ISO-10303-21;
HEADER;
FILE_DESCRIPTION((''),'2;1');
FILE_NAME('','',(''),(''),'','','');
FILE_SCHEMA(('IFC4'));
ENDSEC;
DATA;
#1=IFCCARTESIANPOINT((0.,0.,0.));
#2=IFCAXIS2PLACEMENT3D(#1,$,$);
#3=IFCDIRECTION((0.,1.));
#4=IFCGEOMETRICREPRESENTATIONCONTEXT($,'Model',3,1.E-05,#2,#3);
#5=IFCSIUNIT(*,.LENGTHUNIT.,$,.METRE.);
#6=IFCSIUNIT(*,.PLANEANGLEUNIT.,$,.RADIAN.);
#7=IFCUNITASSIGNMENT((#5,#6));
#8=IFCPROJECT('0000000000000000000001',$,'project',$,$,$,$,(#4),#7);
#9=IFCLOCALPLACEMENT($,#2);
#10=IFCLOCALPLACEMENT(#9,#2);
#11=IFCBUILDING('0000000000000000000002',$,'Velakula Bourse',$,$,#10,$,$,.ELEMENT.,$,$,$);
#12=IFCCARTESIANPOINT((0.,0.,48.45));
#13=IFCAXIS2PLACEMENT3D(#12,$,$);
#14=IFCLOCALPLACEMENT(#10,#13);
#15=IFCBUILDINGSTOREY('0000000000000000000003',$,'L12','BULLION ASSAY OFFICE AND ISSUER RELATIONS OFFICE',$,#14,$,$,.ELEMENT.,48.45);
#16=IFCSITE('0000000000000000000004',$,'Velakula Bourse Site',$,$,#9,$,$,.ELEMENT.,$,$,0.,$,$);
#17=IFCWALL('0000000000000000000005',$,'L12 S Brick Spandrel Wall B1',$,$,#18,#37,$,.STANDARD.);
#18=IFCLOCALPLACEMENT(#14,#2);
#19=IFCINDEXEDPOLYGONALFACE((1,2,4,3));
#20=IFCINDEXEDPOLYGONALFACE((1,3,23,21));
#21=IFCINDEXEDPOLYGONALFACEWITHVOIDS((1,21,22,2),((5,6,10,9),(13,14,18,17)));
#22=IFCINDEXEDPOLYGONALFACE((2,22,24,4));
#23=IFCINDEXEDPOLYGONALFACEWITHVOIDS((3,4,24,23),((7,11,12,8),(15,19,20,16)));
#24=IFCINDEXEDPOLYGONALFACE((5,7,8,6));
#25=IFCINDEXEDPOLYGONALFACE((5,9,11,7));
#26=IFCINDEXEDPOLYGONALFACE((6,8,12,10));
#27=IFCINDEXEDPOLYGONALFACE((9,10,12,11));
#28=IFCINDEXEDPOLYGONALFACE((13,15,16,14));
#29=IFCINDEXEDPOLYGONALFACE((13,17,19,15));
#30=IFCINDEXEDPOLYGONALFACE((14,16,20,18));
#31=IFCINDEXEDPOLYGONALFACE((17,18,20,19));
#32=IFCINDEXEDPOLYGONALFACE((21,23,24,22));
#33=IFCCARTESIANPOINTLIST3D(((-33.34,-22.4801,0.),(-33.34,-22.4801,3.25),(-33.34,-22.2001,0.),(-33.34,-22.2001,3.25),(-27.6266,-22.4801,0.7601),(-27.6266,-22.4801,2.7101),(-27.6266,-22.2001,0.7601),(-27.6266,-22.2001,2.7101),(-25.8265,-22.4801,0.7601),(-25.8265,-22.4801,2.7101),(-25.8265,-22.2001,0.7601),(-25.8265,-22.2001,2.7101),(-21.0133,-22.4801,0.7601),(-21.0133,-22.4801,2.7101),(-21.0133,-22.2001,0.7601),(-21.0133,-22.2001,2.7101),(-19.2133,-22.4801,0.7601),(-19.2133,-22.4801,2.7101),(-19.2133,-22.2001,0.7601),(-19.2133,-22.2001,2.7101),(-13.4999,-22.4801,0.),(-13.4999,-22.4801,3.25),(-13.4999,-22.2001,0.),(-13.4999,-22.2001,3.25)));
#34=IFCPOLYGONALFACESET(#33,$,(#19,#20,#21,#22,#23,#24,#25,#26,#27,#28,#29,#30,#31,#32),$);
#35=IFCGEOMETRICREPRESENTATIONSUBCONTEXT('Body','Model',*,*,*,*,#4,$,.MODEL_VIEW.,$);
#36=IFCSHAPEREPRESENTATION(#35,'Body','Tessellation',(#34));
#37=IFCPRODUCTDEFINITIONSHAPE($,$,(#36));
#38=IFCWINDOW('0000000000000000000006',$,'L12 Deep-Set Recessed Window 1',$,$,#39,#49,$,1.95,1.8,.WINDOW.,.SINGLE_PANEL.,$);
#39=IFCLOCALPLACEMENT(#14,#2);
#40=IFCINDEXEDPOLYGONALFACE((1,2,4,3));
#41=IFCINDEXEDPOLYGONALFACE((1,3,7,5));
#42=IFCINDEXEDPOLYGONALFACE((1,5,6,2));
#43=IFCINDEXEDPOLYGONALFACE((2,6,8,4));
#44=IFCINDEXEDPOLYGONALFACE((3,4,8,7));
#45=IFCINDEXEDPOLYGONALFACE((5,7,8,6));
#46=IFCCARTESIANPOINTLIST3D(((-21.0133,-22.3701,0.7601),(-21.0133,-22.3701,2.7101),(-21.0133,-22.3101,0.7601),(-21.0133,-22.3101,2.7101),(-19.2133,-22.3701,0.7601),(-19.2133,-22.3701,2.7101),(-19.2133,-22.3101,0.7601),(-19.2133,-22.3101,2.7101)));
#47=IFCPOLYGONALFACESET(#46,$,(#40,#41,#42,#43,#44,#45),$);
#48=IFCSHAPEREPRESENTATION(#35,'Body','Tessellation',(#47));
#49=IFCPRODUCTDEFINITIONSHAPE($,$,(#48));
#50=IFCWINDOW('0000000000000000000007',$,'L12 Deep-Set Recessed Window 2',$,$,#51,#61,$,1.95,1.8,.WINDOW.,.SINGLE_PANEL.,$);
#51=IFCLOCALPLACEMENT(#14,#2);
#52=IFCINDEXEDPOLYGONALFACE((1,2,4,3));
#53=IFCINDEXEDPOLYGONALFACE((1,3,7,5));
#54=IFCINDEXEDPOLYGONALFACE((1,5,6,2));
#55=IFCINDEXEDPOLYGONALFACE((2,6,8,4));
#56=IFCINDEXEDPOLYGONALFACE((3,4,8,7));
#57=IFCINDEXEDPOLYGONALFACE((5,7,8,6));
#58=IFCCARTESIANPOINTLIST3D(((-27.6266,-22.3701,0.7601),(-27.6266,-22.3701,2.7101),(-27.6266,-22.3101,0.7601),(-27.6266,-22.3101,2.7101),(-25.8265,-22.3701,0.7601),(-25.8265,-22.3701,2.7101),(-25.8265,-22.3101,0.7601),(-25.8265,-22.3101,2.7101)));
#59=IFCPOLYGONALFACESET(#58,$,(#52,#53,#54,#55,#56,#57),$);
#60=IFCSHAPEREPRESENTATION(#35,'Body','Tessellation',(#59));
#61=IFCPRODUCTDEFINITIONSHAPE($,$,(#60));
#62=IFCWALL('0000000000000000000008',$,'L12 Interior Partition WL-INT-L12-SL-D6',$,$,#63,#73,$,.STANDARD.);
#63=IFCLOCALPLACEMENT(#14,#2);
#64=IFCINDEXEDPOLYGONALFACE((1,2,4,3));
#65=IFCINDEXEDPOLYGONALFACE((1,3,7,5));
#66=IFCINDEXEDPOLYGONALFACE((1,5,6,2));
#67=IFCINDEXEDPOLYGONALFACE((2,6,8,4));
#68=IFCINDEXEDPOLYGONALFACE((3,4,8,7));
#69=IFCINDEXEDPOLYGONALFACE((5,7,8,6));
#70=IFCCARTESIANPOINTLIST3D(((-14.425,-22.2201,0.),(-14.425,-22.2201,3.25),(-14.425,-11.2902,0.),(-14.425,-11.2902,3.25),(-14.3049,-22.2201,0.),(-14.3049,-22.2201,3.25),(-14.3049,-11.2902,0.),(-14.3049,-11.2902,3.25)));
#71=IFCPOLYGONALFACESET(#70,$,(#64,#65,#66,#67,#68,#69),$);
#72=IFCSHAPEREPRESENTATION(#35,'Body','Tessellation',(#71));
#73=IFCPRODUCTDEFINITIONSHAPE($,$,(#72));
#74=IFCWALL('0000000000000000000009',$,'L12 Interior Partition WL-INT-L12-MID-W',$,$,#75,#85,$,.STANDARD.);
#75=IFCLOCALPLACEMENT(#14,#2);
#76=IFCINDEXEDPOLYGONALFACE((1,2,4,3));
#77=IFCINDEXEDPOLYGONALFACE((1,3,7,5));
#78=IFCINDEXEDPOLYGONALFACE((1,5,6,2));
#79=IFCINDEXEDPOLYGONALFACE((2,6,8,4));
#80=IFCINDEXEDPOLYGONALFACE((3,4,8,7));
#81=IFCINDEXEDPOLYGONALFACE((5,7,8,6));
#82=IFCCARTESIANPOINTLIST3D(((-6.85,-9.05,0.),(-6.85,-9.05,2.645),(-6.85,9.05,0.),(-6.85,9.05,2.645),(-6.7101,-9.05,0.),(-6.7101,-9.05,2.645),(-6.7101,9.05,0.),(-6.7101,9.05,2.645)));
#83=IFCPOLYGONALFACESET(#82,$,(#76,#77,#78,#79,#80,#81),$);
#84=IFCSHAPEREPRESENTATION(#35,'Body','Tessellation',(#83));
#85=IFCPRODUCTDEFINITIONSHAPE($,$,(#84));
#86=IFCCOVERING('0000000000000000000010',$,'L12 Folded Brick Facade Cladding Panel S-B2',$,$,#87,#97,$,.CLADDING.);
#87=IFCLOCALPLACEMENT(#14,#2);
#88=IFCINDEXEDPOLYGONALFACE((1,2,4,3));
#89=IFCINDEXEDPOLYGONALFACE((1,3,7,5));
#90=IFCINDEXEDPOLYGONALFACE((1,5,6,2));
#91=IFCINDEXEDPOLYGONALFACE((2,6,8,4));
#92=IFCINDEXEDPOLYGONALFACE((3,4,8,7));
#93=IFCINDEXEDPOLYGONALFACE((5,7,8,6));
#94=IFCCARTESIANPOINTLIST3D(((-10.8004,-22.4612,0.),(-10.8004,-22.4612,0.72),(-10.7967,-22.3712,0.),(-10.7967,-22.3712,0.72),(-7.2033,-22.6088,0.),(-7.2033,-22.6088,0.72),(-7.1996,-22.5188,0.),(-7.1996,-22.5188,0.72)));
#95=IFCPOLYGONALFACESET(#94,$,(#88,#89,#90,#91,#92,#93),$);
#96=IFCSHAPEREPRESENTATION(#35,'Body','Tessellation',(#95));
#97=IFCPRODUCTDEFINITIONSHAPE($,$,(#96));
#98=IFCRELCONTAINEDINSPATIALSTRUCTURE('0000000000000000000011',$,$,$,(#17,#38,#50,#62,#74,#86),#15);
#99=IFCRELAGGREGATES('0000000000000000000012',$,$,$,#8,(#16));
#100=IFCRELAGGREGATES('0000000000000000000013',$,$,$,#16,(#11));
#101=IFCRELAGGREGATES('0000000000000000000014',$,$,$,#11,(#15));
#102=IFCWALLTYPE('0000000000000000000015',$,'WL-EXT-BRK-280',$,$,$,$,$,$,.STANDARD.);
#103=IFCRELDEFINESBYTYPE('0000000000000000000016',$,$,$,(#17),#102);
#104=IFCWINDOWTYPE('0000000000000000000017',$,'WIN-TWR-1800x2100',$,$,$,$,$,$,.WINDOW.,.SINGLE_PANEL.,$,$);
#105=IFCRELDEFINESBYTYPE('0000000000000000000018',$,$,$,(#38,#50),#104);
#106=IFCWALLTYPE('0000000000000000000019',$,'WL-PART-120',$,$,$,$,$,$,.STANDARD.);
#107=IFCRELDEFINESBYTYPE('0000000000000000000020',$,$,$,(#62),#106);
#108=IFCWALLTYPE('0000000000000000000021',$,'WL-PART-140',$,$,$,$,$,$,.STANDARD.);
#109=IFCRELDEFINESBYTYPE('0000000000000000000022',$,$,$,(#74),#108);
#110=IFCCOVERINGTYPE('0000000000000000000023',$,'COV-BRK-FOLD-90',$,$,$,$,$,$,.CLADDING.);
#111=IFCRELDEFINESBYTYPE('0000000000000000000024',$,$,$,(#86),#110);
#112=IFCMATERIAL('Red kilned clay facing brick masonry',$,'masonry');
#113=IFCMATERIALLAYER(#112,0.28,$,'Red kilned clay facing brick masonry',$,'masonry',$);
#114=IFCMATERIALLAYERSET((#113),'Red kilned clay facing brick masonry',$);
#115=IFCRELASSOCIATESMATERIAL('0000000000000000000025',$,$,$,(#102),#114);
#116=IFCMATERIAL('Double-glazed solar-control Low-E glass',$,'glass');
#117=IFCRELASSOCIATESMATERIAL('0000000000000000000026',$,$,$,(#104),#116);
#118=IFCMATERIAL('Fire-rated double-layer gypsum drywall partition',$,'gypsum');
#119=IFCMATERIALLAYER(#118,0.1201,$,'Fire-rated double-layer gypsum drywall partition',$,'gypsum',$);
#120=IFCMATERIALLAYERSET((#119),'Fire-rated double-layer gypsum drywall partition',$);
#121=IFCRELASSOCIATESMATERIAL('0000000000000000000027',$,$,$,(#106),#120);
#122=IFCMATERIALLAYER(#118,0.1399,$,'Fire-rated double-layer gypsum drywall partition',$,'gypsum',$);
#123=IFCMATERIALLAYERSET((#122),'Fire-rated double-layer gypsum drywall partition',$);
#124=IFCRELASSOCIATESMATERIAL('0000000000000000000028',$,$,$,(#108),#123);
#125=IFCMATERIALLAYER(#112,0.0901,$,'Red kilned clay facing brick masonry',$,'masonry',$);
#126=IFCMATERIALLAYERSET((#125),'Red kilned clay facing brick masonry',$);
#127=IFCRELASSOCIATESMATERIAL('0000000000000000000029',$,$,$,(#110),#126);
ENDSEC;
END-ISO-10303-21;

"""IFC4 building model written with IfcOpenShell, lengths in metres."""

from ifc_helpers import new_model, si_unit, direction, frame, frame_2d, origin, origin_2d, place, context, subcontext, project, spatial, rectangle, extrude, material, layer, layer_set, type_object, element, fill, save


model = new_model("IFC4")

# Units and contexts
model_context = context("Model", 3, precision=1e-05, world=origin(), true_north=direction((0.0, 1.0)))
body_context = subcontext(model_context, "Body", "Model", "MODEL_VIEW")
ifc_project = project(units=[si_unit("LENGTHUNIT", "METRE"), si_unit("PLANEANGLEUNIT", "RADIAN")], contexts=[model_context])

# Site, building, storey
site_placement = place(None, origin())
site = spatial("IfcSite", under=ifc_project, at=site_placement, Name="Velakula Bourse Site", CompositionType="ELEMENT", RefElevation=0.0)
building_placement = place(site_placement, origin())
building = spatial("IfcBuilding", under=site, at=building_placement, Name="Velakula Bourse", CompositionType="ELEMENT")
storey_placement = place(building_placement, frame((0.0, 0.0, 48.45)))
storey = spatial("IfcBuildingStorey", under=building, at=storey_placement, Name="L12", Description="BULLION ASSAY OFFICE AND ISSUER RELATIONS OFFICE", CompositionType="ELEMENT", Elevation=48.45)

# Wall, openings, windows
ifc_material_1 = material(Name="Red kilned clay facing brick masonry", Category="masonry")
ifc_layer_1 = layer(ifc_material_1, 0.28, Name="Red kilned clay facing brick masonry", Category="masonry")
ifc_layer_set_1 = layer_set([ifc_layer_1], Name="Red kilned clay facing brick masonry")
wall_type_1 = type_object("IfcWallType", Name="WL-EXT-BRK-280", PredefinedType="STANDARD", material=ifc_layer_set_1)
wall_1_placement = place(storey_placement, frame((-13.5, -22.3401, 0.0), z_axis=(0.0, 0.0, 1.0), x_axis=(-1.0, 0.0, 0.0)))
wall_1 = element("IfcWall", 1, at=wall_1_placement, inside=storey, type_object=wall_type_1, Name="L12 S Brick Spandrel Wall B1", PredefinedType="STANDARD", context=body_context, shape_type="SweptSolid", body=[
    extrude(rectangle(XDim=19.8401, YDim=0.28, at=frame_2d((9.9199, 0.0))), origin(), (0.0, 0.0, 1.0), 3.25),
])
opening_1_placement = place(wall_1_placement, frame((5.7134, 0.0, 0.76)))
opening_1 = element("IfcOpeningElement", 2, at=opening_1_placement, cuts=wall_1, PredefinedType="OPENING", context=body_context, shape_type="SweptSolid", body=[
    extrude(rectangle(XDim=1.8, YDim=1.95, at=frame_2d((0.8999, 0.9751))), frame((0.0, 0.1499, 0.0), z_axis=(0.0, -1.0, 0.0), x_axis=(1.0, 0.0, 0.0)), (0.0, 0.0, 1.0), 0.3),
])
opening_2_placement = place(wall_1_placement, frame((12.3267, 0.0, 0.76)))
opening_2 = element("IfcOpeningElement", 3, at=opening_2_placement, cuts=wall_1, PredefinedType="OPENING", context=body_context, shape_type="SweptSolid", body=[
    extrude(rectangle(XDim=1.8, YDim=1.95, at=frame_2d((0.8999, 0.9751))), frame((0.0, 0.1499, 0.0), z_axis=(0.0, -1.0, 0.0), x_axis=(1.0, 0.0, 0.0)), (0.0, 0.0, 1.0), 0.3),
])
ifc_material_2 = material(Name="Double-glazed solar-control Low-E glass", Category="glass")
window_type = type_object("IfcWindowType", Name="WIN-TWR-1800x2100", PartitioningType="SINGLE_PANEL", PredefinedType="WINDOW", material=ifc_material_2)
window_1_placement = place(opening_1_placement, origin())
window_1 = element("IfcWindow", 4, at=window_1_placement, inside=storey, type_object=window_type, Name="L12 Deep-Set Recessed Window 1", OverallHeight=1.95, OverallWidth=1.8, PartitioningType="SINGLE_PANEL", PredefinedType="WINDOW", context=body_context, shape_type="SweptSolid", body=[
    extrude(rectangle(XDim=1.8, YDim=1.95, at=frame_2d((0.8999, 0.9751))), frame((0.0, 0.03, 0.0), z_axis=(0.0, -1.0, 0.0), x_axis=(1.0, 0.0, 0.0)), (0.0, 0.0, 1.0), 0.0601),
])
fill(opening_1, window_1)
window_2_placement = place(opening_2_placement, origin())
window_2 = element("IfcWindow", 5, at=window_2_placement, inside=storey, type_object=window_type, Name="L12 Deep-Set Recessed Window 2", OverallHeight=1.95, OverallWidth=1.8, PartitioningType="SINGLE_PANEL", PredefinedType="WINDOW", context=body_context, shape_type="SweptSolid", body=[
    extrude(rectangle(XDim=1.8, YDim=1.95, at=frame_2d((0.8999, 0.9751))), frame((0.0, 0.03, 0.0), z_axis=(0.0, -1.0, 0.0), x_axis=(1.0, 0.0, 0.0)), (0.0, 0.0, 1.0), 0.0601),
])
fill(opening_2, window_2)

# Walls
ifc_material_3 = material(Name="Fire-rated double-layer gypsum drywall partition", Category="gypsum")
ifc_layer_2 = layer(ifc_material_3, 0.1201, Name="Fire-rated double-layer gypsum drywall partition", Category="gypsum")
ifc_layer_set_2 = layer_set([ifc_layer_2], Name="Fire-rated double-layer gypsum drywall partition")
wall_type_2 = type_object("IfcWallType", Name="WL-PART-120", PredefinedType="STANDARD", material=ifc_layer_set_2)
wall_2_placement = place(storey_placement, frame((-14.365, -22.22, 0.0), z_axis=(0.0, 0.0, 1.0), x_axis=(0.0, 1.0, 0.0)))
element("IfcWall", 6, at=wall_2_placement, inside=storey, type_object=wall_type_2, Name="L12 Interior Partition WL-INT-L12-SL-D6", PredefinedType="STANDARD", context=body_context, shape_type="SweptSolid", body=[
    extrude(rectangle(XDim=10.9299, YDim=0.1201, at=frame_2d((5.4648, 0.0))), origin(), (0.0, 0.0, 1.0), 3.25),
])
ifc_layer_3 = layer(ifc_material_3, 0.1399, Name="Fire-rated double-layer gypsum drywall partition", Category="gypsum")
ifc_layer_set_3 = layer_set([ifc_layer_3], Name="Fire-rated double-layer gypsum drywall partition")
wall_type_3 = type_object("IfcWallType", Name="WL-PART-140", PredefinedType="STANDARD", material=ifc_layer_set_3)
wall_3_placement = place(storey_placement, frame((-6.78, -9.05, 0.0), z_axis=(0.0, 0.0, 1.0), x_axis=(0.0, 1.0, 0.0)))
element("IfcWall", 7, at=wall_3_placement, inside=storey, type_object=wall_type_3, Name="L12 Interior Partition WL-INT-L12-MID-W", PredefinedType="STANDARD", context=body_context, shape_type="SweptSolid", body=[
    extrude(rectangle(XDim=18.1001, YDim=0.1399, at=frame_2d((9.05, 0.0))), origin(), (0.0, 0.0, 1.0), 2.645),
])

# Covering
ifc_layer_4 = layer(ifc_material_1, 0.0901, Name="Red kilned clay facing brick masonry", Category="masonry")
ifc_layer_set_4 = layer_set([ifc_layer_4], Name="Red kilned clay facing brick masonry")
covering_type = type_object("IfcCoveringType", Name="COV-BRK-FOLD-90", PredefinedType="CLADDING", material=ifc_layer_set_4)
covering_placement = place(storey_placement, frame((-9.0, -22.49, 0.0), z_axis=(0.0, 0.0, 1.0), x_axis=(0.999159, -0.041004, 0.0)))
element("IfcCovering", 8, at=covering_placement, inside=storey, type_object=covering_type, Name="L12 Folded Brick Facade Cladding Panel S-B2", PredefinedType="CLADDING", context=body_context, shape_type="SweptSolid", body=[
    extrude(rectangle(XDim=3.6001, YDim=0.0901, at=origin_2d()), origin(), (0.0, 0.0, 1.0), 0.72),
])

save(model, "model.ifc")
